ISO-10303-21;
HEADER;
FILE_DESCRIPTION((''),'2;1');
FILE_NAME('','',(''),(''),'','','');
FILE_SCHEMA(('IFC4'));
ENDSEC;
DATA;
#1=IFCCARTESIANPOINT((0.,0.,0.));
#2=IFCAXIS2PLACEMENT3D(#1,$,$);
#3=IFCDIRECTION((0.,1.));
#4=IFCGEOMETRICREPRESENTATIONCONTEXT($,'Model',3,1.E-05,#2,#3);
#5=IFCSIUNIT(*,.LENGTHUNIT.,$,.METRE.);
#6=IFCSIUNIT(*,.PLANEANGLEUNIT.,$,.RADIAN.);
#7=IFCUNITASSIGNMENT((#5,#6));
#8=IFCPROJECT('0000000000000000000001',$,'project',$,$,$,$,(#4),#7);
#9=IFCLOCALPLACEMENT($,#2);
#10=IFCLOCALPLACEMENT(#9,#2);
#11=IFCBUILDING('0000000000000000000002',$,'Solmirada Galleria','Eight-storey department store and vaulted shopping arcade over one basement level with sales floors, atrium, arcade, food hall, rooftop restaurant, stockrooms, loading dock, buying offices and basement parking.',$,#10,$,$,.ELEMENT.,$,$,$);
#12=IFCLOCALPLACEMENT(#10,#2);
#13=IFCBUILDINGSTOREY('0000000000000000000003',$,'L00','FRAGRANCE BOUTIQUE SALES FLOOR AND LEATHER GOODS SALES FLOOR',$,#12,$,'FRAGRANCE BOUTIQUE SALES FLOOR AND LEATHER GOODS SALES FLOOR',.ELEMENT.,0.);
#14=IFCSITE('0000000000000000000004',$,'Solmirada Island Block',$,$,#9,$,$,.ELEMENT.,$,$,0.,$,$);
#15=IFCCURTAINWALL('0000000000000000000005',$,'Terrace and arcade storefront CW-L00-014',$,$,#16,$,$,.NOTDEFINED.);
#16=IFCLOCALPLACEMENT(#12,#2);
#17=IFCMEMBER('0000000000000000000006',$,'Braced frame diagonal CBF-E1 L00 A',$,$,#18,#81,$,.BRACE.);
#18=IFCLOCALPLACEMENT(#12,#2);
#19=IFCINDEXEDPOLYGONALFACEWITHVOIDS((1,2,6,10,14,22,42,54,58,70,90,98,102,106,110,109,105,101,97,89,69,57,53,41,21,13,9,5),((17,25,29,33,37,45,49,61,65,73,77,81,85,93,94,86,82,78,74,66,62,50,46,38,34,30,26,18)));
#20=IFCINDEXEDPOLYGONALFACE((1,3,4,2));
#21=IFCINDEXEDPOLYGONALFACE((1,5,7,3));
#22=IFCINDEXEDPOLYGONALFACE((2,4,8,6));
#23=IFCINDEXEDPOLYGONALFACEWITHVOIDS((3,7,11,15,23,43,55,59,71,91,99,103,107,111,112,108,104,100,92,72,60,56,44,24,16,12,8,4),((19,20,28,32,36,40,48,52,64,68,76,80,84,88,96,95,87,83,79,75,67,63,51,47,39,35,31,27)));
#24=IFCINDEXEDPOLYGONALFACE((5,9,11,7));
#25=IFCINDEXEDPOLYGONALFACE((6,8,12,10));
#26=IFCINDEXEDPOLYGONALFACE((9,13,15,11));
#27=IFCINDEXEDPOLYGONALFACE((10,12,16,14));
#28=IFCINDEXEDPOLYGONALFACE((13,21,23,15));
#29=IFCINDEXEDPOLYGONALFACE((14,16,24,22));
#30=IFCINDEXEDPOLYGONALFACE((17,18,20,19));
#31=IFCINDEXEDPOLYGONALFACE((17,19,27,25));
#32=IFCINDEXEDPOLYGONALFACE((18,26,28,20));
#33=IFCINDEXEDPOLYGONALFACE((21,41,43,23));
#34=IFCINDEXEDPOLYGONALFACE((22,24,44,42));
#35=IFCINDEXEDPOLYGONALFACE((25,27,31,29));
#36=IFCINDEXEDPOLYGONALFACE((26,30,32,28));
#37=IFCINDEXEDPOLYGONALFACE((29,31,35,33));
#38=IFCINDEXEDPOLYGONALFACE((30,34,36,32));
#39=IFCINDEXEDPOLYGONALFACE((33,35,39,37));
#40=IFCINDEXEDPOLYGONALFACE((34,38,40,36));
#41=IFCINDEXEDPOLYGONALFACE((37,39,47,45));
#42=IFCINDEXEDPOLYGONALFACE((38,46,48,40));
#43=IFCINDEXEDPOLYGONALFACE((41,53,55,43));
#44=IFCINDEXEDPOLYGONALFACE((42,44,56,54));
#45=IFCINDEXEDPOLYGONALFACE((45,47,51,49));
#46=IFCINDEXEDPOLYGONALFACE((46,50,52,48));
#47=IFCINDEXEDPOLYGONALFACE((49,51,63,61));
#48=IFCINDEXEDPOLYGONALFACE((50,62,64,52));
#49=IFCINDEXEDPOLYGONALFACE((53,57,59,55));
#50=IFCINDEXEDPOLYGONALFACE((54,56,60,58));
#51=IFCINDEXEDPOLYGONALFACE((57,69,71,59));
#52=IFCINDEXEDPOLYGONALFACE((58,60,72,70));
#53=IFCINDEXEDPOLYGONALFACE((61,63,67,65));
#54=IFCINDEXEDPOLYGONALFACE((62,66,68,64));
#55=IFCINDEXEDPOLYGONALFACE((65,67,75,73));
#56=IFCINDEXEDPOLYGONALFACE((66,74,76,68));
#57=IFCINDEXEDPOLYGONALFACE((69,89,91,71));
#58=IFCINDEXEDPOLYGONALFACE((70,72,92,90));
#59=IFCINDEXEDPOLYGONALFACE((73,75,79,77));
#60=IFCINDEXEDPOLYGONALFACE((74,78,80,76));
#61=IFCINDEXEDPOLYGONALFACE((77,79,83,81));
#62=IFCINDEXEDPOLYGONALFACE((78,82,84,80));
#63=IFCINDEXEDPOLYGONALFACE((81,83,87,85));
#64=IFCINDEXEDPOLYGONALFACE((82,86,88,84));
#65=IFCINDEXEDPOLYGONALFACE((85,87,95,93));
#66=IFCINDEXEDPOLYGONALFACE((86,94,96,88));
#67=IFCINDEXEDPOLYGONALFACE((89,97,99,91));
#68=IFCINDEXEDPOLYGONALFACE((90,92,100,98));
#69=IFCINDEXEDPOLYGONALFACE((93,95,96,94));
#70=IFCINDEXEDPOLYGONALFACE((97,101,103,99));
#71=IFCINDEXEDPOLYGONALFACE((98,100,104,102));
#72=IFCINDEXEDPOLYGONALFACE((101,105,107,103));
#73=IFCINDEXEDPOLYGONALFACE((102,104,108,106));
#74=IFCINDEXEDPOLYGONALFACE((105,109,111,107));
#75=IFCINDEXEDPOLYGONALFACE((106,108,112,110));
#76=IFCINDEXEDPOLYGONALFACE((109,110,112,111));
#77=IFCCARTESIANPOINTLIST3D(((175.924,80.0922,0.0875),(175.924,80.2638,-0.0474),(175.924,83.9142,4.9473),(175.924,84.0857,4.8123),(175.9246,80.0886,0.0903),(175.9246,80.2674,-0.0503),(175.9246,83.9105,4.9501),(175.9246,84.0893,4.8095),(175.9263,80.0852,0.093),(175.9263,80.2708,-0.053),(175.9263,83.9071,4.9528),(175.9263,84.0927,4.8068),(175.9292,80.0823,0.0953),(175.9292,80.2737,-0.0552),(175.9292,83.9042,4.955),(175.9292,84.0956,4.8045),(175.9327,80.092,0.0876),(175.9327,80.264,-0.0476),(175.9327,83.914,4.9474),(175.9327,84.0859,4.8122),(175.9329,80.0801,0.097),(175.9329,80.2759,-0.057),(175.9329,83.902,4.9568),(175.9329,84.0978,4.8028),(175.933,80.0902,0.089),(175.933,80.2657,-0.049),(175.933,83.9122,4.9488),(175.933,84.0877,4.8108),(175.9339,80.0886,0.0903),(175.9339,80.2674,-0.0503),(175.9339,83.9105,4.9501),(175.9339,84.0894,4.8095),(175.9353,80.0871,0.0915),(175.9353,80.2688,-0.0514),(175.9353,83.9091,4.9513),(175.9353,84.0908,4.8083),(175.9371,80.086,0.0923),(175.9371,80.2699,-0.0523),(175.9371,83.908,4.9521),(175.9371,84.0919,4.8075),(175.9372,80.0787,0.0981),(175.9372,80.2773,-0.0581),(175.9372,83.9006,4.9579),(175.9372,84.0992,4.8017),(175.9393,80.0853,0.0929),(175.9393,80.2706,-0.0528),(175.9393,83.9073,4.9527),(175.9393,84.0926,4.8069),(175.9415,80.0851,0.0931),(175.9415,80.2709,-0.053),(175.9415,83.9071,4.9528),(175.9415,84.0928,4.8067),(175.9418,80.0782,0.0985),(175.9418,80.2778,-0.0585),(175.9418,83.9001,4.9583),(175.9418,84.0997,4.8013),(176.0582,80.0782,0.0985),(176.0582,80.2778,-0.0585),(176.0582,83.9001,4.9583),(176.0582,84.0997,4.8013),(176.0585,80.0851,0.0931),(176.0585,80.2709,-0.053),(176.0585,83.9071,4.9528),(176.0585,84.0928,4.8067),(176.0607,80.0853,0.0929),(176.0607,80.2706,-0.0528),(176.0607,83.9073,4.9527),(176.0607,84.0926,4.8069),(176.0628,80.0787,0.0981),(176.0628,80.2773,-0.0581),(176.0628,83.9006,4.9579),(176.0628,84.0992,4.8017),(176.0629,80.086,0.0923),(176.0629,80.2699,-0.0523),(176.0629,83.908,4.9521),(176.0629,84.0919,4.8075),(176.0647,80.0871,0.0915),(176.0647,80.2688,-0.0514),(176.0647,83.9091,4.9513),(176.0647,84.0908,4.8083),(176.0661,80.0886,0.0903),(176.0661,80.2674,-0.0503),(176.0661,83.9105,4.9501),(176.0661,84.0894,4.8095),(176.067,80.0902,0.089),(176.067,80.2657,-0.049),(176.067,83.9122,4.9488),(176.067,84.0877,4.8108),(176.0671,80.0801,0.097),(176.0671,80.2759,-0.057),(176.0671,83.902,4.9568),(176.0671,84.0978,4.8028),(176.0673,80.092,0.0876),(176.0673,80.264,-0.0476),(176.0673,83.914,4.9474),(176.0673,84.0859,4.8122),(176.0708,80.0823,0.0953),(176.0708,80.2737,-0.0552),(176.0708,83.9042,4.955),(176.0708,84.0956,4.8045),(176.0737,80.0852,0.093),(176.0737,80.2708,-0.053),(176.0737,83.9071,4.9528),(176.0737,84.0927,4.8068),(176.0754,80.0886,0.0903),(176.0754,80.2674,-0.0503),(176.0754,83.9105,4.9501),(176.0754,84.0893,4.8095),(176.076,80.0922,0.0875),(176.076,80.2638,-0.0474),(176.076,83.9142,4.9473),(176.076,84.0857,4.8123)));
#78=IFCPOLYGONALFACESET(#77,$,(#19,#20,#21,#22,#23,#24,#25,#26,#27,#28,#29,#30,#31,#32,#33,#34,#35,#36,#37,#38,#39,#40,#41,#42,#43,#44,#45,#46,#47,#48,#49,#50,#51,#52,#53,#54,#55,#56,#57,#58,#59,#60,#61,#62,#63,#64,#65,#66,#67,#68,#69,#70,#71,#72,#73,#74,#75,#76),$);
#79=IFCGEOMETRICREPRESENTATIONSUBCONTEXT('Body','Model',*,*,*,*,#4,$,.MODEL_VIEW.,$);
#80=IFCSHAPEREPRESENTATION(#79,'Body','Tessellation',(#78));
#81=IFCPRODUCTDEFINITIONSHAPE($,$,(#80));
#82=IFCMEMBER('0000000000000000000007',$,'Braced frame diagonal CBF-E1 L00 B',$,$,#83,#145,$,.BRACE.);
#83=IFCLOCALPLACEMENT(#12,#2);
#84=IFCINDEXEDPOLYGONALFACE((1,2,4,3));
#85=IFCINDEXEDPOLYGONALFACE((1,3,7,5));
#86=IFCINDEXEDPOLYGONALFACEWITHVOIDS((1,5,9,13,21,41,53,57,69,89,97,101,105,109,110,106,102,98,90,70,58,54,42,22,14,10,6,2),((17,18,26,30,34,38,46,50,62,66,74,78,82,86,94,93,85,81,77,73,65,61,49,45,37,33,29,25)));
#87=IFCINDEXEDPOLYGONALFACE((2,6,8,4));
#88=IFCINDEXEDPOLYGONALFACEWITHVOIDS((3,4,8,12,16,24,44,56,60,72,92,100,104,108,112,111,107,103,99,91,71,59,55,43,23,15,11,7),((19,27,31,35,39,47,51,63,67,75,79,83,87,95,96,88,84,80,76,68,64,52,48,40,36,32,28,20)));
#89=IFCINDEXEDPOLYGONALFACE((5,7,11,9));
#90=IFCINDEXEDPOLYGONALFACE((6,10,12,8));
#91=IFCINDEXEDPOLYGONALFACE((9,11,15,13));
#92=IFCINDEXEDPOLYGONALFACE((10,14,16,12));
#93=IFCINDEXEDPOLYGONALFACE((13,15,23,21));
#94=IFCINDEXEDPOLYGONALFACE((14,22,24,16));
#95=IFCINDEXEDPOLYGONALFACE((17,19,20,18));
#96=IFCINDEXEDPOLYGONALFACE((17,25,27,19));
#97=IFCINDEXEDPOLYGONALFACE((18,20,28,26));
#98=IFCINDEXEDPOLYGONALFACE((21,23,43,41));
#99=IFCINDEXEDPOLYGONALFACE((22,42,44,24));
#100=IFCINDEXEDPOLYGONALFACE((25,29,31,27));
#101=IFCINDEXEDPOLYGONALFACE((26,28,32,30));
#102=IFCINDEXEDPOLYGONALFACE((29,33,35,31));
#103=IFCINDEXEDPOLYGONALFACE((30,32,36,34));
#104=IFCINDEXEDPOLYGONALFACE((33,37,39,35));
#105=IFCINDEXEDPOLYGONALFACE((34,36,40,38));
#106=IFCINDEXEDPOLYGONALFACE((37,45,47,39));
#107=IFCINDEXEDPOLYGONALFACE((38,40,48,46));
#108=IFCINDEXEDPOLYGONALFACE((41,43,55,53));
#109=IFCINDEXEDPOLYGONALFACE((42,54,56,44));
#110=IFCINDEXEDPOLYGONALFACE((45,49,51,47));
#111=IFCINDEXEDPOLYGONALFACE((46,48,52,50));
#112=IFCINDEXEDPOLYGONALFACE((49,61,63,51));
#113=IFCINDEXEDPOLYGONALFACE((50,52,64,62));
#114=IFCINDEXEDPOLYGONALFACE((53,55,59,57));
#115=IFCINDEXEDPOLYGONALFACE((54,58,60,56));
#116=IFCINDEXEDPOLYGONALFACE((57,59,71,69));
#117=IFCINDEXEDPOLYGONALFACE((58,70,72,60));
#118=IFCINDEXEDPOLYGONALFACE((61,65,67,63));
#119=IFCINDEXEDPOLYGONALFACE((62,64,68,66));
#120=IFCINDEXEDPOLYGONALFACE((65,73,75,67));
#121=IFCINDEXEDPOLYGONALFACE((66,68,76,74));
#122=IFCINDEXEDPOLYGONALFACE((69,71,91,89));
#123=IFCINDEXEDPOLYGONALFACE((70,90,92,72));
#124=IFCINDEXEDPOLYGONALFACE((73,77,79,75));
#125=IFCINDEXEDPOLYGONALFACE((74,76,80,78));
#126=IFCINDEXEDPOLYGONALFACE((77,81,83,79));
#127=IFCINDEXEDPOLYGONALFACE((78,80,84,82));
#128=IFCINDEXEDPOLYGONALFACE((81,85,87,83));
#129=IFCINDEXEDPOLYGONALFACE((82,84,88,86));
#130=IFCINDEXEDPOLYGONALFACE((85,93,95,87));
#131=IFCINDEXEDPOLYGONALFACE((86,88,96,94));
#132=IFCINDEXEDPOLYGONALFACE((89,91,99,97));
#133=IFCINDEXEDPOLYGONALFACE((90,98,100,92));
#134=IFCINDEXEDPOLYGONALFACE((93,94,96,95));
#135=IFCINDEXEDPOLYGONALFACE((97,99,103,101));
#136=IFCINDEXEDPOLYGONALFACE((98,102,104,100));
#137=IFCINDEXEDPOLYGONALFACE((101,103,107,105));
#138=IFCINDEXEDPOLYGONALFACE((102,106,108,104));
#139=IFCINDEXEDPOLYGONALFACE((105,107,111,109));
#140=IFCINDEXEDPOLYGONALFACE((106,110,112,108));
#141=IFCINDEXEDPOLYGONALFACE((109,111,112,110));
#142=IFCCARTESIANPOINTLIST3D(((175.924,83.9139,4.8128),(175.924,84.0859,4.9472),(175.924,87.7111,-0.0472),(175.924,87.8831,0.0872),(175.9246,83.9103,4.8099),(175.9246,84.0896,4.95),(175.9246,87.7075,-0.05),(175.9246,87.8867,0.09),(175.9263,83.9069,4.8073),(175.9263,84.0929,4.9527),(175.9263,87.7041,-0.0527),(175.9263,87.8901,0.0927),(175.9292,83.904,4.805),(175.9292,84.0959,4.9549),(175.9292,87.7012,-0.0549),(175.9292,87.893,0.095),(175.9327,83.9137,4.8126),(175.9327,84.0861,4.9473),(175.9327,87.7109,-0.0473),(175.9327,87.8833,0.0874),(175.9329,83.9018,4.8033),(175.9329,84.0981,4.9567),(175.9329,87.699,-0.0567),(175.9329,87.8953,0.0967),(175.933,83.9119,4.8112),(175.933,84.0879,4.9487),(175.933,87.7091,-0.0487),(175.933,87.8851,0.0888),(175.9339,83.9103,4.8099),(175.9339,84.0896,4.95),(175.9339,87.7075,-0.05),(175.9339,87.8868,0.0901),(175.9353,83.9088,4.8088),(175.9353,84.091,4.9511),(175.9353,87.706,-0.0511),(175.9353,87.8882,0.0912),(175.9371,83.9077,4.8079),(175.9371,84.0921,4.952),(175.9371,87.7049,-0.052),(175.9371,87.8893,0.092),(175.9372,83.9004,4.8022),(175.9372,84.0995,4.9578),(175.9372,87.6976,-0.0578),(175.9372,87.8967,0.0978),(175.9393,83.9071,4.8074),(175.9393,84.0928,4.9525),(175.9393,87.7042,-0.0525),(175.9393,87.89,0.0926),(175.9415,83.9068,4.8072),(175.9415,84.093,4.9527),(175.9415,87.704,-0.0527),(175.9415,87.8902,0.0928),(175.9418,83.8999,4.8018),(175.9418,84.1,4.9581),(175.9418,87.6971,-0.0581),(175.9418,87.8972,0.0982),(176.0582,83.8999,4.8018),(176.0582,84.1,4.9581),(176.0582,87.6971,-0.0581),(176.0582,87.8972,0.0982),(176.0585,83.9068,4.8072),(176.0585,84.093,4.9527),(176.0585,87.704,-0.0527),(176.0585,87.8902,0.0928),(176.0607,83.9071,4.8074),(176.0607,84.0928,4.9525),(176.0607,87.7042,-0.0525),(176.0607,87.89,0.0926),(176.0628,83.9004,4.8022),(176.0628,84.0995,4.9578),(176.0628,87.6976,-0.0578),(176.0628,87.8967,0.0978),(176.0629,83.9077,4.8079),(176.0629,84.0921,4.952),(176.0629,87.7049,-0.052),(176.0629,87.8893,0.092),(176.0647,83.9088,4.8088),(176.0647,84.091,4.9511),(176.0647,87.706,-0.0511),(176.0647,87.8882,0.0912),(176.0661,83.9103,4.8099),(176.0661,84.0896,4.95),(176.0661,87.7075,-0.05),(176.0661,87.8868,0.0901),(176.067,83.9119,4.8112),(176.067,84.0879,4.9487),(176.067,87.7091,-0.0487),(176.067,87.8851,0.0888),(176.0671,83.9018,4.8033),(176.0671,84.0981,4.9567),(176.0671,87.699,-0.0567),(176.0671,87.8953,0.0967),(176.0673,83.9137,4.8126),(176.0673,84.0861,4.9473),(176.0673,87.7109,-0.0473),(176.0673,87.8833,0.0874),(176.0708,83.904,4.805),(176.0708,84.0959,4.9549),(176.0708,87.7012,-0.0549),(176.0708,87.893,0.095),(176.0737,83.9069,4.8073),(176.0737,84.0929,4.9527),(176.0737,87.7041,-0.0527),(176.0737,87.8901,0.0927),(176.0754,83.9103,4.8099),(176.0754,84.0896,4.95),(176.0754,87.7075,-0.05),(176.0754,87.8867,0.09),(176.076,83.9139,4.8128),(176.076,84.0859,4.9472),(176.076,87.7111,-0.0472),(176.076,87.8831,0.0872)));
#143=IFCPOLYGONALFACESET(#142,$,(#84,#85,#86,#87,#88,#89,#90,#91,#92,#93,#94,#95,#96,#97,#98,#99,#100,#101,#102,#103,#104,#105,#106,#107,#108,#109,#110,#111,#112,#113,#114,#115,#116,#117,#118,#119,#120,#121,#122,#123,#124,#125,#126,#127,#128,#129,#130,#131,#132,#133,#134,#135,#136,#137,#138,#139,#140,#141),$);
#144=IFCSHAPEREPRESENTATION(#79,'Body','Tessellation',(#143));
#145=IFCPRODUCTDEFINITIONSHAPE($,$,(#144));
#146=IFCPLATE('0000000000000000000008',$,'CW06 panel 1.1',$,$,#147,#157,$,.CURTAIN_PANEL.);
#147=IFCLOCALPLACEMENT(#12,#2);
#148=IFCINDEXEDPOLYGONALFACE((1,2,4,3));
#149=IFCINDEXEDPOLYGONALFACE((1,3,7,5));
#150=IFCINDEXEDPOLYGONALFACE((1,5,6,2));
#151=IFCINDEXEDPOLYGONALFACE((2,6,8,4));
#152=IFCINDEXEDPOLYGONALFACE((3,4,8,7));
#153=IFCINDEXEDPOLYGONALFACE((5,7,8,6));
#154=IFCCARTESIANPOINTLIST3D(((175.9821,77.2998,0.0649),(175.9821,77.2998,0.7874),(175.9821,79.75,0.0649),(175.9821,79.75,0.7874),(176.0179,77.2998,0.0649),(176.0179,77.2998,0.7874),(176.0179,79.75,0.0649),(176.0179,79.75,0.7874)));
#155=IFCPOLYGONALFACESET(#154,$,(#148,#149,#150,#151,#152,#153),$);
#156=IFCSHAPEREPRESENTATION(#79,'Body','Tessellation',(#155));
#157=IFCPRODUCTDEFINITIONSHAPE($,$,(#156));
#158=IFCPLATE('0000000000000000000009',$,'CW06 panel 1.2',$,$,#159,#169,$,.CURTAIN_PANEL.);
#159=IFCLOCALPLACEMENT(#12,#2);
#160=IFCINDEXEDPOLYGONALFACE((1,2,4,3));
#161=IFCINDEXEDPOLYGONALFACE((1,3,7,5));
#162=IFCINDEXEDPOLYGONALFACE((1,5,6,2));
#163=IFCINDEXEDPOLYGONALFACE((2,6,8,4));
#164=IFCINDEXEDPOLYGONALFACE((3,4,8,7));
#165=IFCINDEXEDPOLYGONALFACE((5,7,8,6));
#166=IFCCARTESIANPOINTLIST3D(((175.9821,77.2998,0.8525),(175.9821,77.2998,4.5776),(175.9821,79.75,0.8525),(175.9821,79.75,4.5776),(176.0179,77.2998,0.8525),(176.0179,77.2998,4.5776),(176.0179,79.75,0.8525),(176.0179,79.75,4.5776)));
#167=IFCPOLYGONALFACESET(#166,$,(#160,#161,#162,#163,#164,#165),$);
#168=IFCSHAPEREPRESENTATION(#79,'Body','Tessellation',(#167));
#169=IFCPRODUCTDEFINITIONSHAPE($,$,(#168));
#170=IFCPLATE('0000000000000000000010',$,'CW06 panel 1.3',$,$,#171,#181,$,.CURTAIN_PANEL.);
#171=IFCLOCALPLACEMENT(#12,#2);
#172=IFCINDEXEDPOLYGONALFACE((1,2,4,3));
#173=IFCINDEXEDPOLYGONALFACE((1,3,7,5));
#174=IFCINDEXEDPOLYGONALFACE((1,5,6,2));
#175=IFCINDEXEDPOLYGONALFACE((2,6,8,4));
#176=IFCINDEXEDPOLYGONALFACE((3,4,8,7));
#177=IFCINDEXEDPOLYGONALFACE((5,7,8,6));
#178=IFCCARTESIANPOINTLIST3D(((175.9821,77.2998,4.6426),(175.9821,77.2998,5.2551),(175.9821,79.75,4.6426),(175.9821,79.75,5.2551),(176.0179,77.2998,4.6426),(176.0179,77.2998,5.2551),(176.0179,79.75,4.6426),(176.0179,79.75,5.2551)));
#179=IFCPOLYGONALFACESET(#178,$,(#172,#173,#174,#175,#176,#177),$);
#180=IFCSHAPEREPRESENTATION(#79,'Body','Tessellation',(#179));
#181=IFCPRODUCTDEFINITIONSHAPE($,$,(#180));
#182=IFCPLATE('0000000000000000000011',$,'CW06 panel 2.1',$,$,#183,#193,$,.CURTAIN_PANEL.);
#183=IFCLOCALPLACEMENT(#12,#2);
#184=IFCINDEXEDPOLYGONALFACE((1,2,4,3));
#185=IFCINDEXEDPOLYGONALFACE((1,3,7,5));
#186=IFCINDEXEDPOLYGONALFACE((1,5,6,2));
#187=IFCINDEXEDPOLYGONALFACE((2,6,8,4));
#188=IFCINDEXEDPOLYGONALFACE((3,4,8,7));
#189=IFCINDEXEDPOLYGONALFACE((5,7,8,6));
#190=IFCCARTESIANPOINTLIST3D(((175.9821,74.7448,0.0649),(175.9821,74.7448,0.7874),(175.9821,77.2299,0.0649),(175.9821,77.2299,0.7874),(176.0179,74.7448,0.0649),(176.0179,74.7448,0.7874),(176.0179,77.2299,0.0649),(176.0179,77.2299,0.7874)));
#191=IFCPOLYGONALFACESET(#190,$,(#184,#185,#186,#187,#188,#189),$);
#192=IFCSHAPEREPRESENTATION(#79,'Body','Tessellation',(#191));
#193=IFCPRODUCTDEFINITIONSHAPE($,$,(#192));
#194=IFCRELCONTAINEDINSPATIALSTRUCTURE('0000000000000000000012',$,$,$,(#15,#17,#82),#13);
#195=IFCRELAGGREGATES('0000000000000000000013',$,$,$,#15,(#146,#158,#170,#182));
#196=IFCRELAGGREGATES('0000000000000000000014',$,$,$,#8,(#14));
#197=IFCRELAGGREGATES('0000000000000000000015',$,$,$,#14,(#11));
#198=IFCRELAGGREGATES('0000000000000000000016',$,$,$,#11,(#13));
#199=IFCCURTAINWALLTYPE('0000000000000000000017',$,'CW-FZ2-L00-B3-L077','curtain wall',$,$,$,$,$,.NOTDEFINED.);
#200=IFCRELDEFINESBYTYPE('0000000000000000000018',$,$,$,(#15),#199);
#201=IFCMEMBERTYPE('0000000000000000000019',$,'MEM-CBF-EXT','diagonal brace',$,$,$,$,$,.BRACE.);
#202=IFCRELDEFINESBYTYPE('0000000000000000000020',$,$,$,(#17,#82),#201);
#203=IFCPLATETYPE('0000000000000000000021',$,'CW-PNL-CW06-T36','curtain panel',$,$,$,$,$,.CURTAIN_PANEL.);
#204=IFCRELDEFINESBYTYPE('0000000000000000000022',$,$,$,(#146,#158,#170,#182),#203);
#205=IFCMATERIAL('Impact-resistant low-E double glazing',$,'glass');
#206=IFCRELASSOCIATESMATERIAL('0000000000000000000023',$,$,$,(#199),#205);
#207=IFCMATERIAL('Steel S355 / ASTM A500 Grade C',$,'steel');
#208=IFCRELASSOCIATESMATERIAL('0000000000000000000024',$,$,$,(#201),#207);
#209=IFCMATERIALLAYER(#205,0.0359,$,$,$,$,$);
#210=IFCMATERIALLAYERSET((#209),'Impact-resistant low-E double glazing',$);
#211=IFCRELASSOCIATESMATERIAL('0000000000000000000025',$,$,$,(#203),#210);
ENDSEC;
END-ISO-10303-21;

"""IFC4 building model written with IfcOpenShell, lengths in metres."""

from ifc_helpers import new_model, si_unit, direction, frame, origin, origin_2d, place, context, subcontext, project, spatial, rectangle, hollow_rectangle, extrude, material, layer, layer_set, material_profile, profile_set, type_object, element, aggregate, save


model = new_model("IFC4")

# Units and contexts
model_context = context("Model", 3, precision=1e-05, world=origin(), true_north=direction((0.0, 1.0)))
body_context = subcontext(model_context, "Body", "Model", "MODEL_VIEW")
ifc_project = project(units=[si_unit("LENGTHUNIT", "METRE"), si_unit("PLANEANGLEUNIT", "RADIAN")], contexts=[model_context])

# Site, building, storey
site_placement = place(None, origin())
site = spatial("IfcSite", under=ifc_project, at=site_placement, Name="Solmirada Island Block", CompositionType="ELEMENT", RefElevation=0.0)
building_placement = place(site_placement, origin())
building = spatial("IfcBuilding", under=site, at=building_placement, Name="Solmirada Galleria", Description="Eight-storey department store and vaulted shopping arcade over one basement level with sales floors, atrium, arcade, food hall, rooftop restaurant, stockrooms, loading dock, buying offices and basement parking.", CompositionType="ELEMENT")
storey_placement = place(building_placement, origin())
storey = spatial("IfcBuildingStorey", under=building, at=storey_placement, Name="L00", Description="FRAGRANCE BOUTIQUE SALES FLOOR AND LEATHER GOODS SALES FLOOR", LongName="FRAGRANCE BOUTIQUE SALES FLOOR AND LEATHER GOODS SALES FLOOR", CompositionType="ELEMENT", Elevation=0.0)

# Shared definitions
ifc_material_1 = material(Name="Steel S355 / ASTM A500 Grade C", Category="steel")

# Curtain wall
ifc_material_2 = material(Name="Impact-resistant low-E double glazing", Category="glass")
curtain_wall_type = type_object("IfcCurtainWallType", Name="CW-FZ2-L00-B3-L077", Description="curtain wall", PredefinedType="NOTDEFINED", material=ifc_material_2)
curtain_wall_placement = place(storey_placement, origin())
curtain_wall = element("IfcCurtainWall", 1, at=curtain_wall_placement, inside=storey, type_object=curtain_wall_type, Name="Terrace and arcade storefront CW-L00-014", PredefinedType="NOTDEFINED")

# Members
ifc_material_profile_1 = material_profile(ifc_material_1, hollow_rectangle(XDim=0.1521, YDim=0.2539, WallThickness=0.0088, InnerFilletRadius=0.0088, OuterFilletRadius=0.0178, at=origin_2d()), Name="HSS10X6X3/8")
ifc_profile_set_1 = profile_set([ifc_material_profile_1], Name="Steel S355 / ASTM A500 Grade C")
member_type_1 = type_object("IfcMemberType", Name="MEM-CBF-EXT", Description="diagonal brace", PredefinedType="BRACE", material=ifc_profile_set_1)
member_1_placement = place(storey_placement, frame((176.0, 80.178, 0.02), z_axis=(0.0, 0.618177, 0.786039), x_axis=(-1.0, 0.0, 0.0)))
element("IfcMember", 2, at=member_1_placement, inside=storey, type_object=member_type_1, Name="Braced frame diagonal CBF-E1 L00 A", PredefinedType="BRACE", context=body_context, shape_type="SweptSolid", body=[
    extrude(hollow_rectangle(XDim=0.1521, YDim=0.2539, WallThickness=0.0088, InnerFilletRadius=0.0088, OuterFilletRadius=0.0178, at=origin_2d()), origin(), (0.0, 0.0, 1.0), 6.1826),
])
member_2_placement = place(storey_placement, frame((176.0, 87.7971, 0.02), z_axis=(0.0, -0.615679, 0.787997), x_axis=(1.0, 0.0, 0.0)))
element("IfcMember", 3, at=member_2_placement, inside=storey, type_object=member_type_1, Name="Braced frame diagonal CBF-E1 L00 B", PredefinedType="BRACE", context=body_context, shape_type="SweptSolid", body=[
    extrude(hollow_rectangle(XDim=0.1521, YDim=0.2539, WallThickness=0.0088, InnerFilletRadius=0.0088, OuterFilletRadius=0.0178, at=origin_2d()), origin(), (0.0, 0.0, 1.0), 6.1675),
])

# Plates
ifc_layer_1 = layer(ifc_material_2, 0.0359)
ifc_layer_set_1 = layer_set([ifc_layer_1], Name="Impact-resistant low-E double glazing")
plate_type_1 = type_object("IfcPlateType", Name="CW-PNL-CW06-T36", Description="curtain panel", PredefinedType="CURTAIN_PANEL", material=ifc_layer_set_1)
plate_1_placement = place(storey_placement, frame((176.0, 78.5249, 0.0649), z_axis=(0.0, 0.0, 1.0), x_axis=(0.0, -1.0, 0.0)))
plate_1 = element("IfcPlate", 4, at=plate_1_placement, type_object=plate_type_1, Name="CW06 panel 1.1", PredefinedType="CURTAIN_PANEL", context=body_context, shape_type="SweptSolid", body=[
    extrude(rectangle(XDim=2.4502, YDim=0.0359, at=origin_2d()), origin(), (0.0, 0.0, 1.0), 0.7224),
])
plate_2_placement = place(storey_placement, frame((176.0, 78.5249, 0.8525), z_axis=(0.0, 0.0, 1.0), x_axis=(0.0, -1.0, 0.0)))
plate_2 = element("IfcPlate", 5, at=plate_2_placement, type_object=plate_type_1, Name="CW06 panel 1.2", PredefinedType="CURTAIN_PANEL", context=body_context, shape_type="SweptSolid", body=[
    extrude(rectangle(XDim=2.4502, YDim=0.0359, at=origin_2d()), origin(), (0.0, 0.0, 1.0), 3.7251),
])
plate_3_placement = place(storey_placement, frame((176.0, 78.5249, 4.6426), z_axis=(0.0, 0.0, 1.0), x_axis=(0.0, -1.0, 0.0)))
plate_3 = element("IfcPlate", 6, at=plate_3_placement, type_object=plate_type_1, Name="CW06 panel 1.3", PredefinedType="CURTAIN_PANEL", context=body_context, shape_type="SweptSolid", body=[
    extrude(rectangle(XDim=2.4502, YDim=0.0359, at=origin_2d()), origin(), (0.0, 0.0, 1.0), 0.6125),
])
plate_4_placement = place(storey_placement, frame((176.0, 75.9873, 0.0649), z_axis=(0.0, 0.0, 1.0), x_axis=(0.0, -1.0, 0.0)))
plate_4 = element("IfcPlate", 7, at=plate_4_placement, type_object=plate_type_1, Name="CW06 panel 2.1", PredefinedType="CURTAIN_PANEL", context=body_context, shape_type="SweptSolid", body=[
    extrude(rectangle(XDim=2.4851, YDim=0.0359, at=origin_2d()), origin(), (0.0, 0.0, 1.0), 0.7224),
])
aggregate(curtain_wall, [plate_1, plate_2, plate_3, plate_4])

save(model, "model.ifc")
